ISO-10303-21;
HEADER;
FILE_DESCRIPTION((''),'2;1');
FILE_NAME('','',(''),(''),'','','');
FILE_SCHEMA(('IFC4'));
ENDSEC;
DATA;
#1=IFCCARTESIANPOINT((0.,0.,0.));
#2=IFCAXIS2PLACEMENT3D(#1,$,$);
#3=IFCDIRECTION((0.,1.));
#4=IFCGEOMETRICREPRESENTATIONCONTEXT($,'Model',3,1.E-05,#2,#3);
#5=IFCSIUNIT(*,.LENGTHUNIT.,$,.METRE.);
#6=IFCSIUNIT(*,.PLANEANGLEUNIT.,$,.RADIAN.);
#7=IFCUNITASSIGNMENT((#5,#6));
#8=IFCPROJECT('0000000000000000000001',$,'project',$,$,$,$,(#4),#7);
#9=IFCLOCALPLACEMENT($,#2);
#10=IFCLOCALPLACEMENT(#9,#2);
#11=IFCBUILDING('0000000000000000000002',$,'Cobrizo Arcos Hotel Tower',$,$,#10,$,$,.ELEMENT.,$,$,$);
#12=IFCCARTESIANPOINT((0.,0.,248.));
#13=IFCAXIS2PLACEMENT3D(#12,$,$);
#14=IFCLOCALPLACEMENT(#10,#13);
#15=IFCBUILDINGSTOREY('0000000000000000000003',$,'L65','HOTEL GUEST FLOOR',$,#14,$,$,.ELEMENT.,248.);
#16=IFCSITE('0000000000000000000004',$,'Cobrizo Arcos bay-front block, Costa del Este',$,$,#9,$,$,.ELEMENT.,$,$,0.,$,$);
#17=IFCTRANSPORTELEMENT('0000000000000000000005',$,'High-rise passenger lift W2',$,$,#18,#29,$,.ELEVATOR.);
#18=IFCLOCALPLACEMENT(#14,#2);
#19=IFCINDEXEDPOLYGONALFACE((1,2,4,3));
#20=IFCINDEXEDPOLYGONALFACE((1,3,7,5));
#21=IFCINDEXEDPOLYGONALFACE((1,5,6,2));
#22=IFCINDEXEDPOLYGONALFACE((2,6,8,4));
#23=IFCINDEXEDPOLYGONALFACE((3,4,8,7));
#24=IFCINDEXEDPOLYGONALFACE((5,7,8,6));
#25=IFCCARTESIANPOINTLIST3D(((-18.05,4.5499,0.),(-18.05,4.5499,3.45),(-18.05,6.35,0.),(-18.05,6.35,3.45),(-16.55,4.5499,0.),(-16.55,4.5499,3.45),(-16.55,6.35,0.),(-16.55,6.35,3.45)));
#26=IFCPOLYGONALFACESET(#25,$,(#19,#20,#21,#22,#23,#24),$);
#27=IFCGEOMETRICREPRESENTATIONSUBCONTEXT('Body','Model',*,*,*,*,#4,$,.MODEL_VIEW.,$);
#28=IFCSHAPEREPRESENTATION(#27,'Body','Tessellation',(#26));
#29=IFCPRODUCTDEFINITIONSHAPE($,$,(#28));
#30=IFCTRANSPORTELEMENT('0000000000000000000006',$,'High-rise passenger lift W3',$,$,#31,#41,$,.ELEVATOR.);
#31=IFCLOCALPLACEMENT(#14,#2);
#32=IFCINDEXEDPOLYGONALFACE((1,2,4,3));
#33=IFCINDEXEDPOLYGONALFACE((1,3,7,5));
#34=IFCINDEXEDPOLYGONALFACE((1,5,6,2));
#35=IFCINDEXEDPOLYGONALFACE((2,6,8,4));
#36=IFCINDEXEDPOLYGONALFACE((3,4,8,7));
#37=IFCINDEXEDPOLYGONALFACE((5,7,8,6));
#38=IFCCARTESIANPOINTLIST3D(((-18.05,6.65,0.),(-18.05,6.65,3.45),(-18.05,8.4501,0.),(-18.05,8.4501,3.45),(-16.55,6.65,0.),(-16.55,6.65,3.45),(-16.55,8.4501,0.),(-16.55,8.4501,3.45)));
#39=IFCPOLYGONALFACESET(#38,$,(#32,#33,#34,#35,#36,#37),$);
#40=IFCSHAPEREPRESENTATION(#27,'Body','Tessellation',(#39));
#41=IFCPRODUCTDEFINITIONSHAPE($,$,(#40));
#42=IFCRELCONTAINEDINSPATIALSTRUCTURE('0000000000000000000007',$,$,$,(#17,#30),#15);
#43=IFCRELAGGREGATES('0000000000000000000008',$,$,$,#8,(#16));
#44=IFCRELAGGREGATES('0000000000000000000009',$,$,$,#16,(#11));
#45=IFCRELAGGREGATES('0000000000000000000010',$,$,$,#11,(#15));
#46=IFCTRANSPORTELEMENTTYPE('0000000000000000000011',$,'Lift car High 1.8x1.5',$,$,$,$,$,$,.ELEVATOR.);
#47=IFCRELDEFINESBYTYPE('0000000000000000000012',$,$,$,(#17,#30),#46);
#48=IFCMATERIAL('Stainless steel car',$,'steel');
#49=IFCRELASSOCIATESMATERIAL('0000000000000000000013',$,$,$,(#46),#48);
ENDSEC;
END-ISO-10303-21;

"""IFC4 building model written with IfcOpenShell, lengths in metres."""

from ifc_helpers import new_model, si_unit, direction, frame, origin, origin_2d, place, context, subcontext, project, spatial, rectangle, extrude, material, type_object, element, save


model = new_model("IFC4")

# Units and contexts
model_context = context("Model", 3, precision=1e-05, world=origin(), true_north=direction((0.0, 1.0)))
body_context = subcontext(model_context, "Body", "Model", "MODEL_VIEW")
ifc_project = project(units=[si_unit("LENGTHUNIT", "METRE"), si_unit("PLANEANGLEUNIT", "RADIAN")], contexts=[model_context])

# Site, building, storey
site_placement = place(None, origin())
site = spatial("IfcSite", under=ifc_project, at=site_placement, Name="Cobrizo Arcos bay-front block, Costa del Este", CompositionType="ELEMENT", RefElevation=0.0)
building_placement = place(site_placement, origin())
building = spatial("IfcBuilding", under=site, at=building_placement, Name="Cobrizo Arcos Hotel Tower", CompositionType="ELEMENT")
storey_placement = place(building_placement, frame((0.0, 0.0, 248.0)))
storey = spatial("IfcBuildingStorey", under=building, at=storey_placement, Name="L65", Description="HOTEL GUEST FLOOR", CompositionType="ELEMENT", Elevation=248.0)

# Transport elements
ifc_material_1 = material(Name="Stainless steel car", Category="steel")
transport_element_type = type_object("IfcTransportElementType", Name="Lift car High 1.8x1.5", PredefinedType="ELEVATOR", material=ifc_material_1)
for number, where, z_axis, x_axis, name in (
    (1, (-17.3, 5.45, 0.0), (0.0, 0.0, 1.0), (1.0, 0.0, 0.0), "High-rise passenger lift W2"),
    (2, (-17.3, 7.55, 0.0), (0.0, 0.0, 1.0), (1.0, 0.0, 0.0), "High-rise passenger lift W3"),
):
    element("IfcTransportElement", number, at=place(storey_placement, frame(where, z_axis=z_axis, x_axis=x_axis)), inside=storey, type_object=transport_element_type, Name=name, PredefinedType="ELEVATOR", context=body_context, shape_type="SweptSolid", body=[
        extrude(rectangle(XDim=1.5, YDim=1.8, at=origin_2d()), origin(), (0.0, 0.0, 1.0), 3.45),
    ])

save(model, "model.ifc")
